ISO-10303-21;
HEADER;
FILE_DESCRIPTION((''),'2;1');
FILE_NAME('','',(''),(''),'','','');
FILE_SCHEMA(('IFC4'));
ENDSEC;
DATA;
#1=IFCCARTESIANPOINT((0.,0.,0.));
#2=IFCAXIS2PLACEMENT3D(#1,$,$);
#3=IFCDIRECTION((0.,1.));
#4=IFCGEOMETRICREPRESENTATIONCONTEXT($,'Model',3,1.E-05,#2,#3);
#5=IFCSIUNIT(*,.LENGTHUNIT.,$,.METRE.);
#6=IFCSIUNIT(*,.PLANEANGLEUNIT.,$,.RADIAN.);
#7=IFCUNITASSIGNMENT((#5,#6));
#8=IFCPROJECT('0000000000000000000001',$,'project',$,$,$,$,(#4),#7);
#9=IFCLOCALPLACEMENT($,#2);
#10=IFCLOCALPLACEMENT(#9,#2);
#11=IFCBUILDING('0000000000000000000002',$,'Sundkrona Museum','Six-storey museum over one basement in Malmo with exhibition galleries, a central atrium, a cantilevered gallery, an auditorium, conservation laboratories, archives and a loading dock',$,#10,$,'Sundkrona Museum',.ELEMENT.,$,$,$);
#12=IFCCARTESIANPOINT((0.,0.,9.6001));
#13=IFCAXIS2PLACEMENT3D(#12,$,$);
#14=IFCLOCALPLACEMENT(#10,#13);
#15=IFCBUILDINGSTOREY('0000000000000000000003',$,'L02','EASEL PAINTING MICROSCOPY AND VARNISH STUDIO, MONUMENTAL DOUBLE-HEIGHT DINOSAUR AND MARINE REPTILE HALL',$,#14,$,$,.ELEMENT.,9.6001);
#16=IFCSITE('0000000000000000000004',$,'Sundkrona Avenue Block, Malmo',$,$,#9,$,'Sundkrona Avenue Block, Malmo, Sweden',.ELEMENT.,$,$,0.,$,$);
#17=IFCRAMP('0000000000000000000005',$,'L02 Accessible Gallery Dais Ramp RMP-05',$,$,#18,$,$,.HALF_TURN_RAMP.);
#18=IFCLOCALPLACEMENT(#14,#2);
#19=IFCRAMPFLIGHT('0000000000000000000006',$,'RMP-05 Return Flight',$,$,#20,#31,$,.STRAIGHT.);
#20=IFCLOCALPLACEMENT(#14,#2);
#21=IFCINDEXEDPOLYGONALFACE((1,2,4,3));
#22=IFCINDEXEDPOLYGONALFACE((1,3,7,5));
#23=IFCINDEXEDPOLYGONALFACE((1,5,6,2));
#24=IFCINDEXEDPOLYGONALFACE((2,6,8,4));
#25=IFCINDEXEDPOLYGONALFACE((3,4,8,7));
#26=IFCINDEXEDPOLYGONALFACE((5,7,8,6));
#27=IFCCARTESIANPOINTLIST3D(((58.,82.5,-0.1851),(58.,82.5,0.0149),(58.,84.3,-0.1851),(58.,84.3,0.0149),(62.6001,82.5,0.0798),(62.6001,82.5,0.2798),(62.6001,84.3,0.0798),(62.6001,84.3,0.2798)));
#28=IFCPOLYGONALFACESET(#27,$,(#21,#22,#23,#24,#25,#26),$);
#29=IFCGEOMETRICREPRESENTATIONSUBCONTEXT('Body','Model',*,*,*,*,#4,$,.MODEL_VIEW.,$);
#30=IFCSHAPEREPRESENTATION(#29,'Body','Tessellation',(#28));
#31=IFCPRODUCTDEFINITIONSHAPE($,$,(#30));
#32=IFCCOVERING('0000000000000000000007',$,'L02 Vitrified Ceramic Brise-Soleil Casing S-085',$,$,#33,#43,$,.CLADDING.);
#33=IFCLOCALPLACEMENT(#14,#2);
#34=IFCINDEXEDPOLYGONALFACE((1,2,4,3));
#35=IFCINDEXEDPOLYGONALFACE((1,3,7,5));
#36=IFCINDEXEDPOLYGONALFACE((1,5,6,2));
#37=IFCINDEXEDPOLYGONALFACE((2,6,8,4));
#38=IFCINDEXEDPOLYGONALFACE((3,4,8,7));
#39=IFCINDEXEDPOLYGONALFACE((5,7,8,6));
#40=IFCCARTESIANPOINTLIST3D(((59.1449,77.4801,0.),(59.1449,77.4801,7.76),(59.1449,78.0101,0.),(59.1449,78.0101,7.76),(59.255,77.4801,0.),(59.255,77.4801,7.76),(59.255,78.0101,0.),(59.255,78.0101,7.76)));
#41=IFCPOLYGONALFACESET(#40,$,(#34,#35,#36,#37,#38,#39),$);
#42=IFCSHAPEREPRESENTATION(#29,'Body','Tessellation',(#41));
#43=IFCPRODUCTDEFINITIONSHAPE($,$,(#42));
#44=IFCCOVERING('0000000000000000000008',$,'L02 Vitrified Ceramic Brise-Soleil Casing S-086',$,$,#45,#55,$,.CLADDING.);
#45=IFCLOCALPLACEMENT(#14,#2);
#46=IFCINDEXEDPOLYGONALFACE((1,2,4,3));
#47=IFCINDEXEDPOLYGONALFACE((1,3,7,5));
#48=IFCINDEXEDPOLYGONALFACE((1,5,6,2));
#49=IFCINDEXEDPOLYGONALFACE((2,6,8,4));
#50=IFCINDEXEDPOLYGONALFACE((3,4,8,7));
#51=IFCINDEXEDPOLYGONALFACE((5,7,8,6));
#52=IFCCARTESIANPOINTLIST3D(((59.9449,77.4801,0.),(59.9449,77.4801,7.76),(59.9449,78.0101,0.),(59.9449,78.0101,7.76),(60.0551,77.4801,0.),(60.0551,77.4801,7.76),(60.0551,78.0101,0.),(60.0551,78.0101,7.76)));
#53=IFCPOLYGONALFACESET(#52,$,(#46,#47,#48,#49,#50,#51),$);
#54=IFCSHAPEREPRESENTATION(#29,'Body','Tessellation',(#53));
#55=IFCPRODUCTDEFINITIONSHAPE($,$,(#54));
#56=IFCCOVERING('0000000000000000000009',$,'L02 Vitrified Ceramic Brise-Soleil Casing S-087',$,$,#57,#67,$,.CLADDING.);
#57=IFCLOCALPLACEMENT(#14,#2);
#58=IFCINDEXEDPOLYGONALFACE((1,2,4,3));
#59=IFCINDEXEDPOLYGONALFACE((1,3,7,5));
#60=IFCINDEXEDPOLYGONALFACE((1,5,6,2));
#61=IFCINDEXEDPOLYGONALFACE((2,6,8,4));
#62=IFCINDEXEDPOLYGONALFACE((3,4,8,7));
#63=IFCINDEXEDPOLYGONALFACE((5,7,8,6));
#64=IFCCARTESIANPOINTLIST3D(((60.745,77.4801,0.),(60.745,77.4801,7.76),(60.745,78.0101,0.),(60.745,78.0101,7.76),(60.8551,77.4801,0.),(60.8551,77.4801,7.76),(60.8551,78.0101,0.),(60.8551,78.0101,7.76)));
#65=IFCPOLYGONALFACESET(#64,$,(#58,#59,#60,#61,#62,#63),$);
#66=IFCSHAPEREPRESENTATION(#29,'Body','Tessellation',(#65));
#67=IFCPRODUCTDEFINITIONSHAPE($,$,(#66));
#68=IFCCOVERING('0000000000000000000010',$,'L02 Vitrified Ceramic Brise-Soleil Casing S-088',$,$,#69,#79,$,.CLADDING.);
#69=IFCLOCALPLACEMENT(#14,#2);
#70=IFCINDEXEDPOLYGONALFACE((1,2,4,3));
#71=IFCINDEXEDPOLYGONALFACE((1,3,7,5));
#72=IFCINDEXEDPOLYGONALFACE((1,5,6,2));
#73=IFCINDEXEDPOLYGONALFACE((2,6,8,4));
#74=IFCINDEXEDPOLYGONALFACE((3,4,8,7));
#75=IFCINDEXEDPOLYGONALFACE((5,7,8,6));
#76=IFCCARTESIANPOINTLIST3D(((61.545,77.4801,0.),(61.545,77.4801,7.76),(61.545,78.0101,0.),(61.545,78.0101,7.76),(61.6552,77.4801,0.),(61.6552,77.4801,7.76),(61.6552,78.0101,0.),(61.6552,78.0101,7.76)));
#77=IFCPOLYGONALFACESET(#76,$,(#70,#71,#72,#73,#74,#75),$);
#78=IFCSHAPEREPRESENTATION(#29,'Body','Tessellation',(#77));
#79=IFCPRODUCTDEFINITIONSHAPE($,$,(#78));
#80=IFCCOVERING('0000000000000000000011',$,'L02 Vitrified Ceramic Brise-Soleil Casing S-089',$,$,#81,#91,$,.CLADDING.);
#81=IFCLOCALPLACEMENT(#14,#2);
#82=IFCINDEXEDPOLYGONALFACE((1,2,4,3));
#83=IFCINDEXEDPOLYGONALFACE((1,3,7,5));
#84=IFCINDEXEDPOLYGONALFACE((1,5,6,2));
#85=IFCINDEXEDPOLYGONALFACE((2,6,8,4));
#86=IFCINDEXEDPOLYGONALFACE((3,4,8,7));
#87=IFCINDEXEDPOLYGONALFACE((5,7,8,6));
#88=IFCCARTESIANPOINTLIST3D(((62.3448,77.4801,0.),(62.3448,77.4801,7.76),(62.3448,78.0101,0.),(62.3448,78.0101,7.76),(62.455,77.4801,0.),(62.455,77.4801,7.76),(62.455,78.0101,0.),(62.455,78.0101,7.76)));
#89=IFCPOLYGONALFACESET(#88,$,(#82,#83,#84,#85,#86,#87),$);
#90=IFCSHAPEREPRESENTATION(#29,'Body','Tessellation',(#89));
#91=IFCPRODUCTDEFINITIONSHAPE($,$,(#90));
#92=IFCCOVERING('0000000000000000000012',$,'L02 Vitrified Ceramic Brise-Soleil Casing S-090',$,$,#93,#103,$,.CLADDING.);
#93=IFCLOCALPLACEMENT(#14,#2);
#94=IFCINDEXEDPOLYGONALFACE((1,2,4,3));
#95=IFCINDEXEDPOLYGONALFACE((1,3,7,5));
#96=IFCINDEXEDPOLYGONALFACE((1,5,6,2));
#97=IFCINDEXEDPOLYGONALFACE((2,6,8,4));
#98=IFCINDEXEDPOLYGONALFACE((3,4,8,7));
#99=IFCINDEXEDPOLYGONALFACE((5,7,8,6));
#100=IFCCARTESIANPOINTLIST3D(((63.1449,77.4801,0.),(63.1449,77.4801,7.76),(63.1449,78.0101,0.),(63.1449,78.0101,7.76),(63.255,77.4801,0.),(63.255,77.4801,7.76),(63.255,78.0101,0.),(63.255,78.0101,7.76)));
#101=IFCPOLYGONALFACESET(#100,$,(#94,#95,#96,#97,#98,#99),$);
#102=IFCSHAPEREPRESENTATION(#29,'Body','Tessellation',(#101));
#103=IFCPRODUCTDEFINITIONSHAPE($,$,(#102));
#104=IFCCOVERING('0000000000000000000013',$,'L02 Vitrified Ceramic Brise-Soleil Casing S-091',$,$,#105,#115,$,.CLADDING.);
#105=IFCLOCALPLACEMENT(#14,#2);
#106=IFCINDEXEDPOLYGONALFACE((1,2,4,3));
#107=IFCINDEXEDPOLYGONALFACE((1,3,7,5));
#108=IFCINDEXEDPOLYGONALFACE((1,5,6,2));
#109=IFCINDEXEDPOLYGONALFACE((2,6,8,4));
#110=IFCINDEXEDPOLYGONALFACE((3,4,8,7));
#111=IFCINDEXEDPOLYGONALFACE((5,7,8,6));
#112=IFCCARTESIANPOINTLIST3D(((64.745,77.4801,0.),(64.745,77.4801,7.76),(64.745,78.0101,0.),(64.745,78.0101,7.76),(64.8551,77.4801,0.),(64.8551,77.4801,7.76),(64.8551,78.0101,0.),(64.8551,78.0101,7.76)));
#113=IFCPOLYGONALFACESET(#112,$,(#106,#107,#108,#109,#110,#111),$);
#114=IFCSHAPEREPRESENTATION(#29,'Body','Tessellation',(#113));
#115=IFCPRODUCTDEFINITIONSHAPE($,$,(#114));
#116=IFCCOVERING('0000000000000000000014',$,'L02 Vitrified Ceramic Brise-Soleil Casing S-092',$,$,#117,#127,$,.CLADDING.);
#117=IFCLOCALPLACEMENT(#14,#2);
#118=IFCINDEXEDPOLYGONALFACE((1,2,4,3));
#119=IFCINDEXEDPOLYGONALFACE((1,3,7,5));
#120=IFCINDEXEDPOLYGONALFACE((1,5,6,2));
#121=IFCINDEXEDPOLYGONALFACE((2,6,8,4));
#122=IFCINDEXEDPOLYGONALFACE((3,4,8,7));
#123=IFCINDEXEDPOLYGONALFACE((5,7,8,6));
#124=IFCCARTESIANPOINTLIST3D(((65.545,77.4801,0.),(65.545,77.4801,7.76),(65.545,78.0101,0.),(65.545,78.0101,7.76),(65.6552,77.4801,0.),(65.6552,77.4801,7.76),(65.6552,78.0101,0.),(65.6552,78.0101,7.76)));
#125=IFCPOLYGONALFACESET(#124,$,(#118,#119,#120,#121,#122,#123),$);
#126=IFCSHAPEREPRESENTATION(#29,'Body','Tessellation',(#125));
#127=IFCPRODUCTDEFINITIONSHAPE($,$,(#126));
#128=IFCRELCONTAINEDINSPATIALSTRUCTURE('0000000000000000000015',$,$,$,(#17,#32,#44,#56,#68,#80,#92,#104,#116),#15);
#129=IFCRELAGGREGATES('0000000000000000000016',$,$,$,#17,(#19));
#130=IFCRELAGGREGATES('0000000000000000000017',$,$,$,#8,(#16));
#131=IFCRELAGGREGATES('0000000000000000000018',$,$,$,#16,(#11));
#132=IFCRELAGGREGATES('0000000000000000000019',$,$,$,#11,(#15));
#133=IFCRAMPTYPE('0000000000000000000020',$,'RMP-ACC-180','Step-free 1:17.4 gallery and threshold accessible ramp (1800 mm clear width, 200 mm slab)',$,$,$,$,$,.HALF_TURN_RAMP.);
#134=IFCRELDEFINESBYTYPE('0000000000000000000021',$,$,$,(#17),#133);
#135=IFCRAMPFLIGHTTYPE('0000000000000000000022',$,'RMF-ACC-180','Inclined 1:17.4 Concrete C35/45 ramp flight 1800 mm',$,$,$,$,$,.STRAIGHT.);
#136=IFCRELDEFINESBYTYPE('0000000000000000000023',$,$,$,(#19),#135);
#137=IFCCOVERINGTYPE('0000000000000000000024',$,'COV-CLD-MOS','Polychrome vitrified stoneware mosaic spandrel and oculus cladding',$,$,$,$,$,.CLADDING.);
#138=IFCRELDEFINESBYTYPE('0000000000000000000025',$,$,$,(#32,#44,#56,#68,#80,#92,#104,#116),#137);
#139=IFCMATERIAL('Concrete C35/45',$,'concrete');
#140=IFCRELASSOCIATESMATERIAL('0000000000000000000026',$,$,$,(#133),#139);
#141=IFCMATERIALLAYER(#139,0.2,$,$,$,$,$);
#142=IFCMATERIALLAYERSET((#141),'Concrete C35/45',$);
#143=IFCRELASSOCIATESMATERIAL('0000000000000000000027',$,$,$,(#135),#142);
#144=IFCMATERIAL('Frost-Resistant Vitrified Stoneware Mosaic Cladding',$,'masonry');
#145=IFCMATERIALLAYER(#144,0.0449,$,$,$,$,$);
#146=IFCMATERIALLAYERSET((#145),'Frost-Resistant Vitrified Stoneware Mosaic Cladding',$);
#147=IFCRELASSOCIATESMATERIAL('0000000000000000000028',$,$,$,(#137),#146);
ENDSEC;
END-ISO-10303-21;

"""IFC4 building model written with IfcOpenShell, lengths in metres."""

from ifc_helpers import new_model, si_unit, direction, frame, origin, origin_2d, place, context, subcontext, project, spatial, polyline, rectangle, outline, extrude, material, layer, layer_set, type_object, element, aggregate, save


model = new_model("IFC4")

# Units and contexts
model_context = context("Model", 3, precision=1e-05, world=origin(), true_north=direction((0.0, 1.0)))
body_context = subcontext(model_context, "Body", "Model", "MODEL_VIEW")
ifc_project = project(units=[si_unit("LENGTHUNIT", "METRE"), si_unit("PLANEANGLEUNIT", "RADIAN")], contexts=[model_context])

# Site, building, storey
site_placement = place(None, origin())
site = spatial("IfcSite", under=ifc_project, at=site_placement, Name="Sundkrona Avenue Block, Malmo", LongName="Sundkrona Avenue Block, Malmo, Sweden", CompositionType="ELEMENT", RefElevation=0.0)
building_placement = place(site_placement, origin())
building = spatial("IfcBuilding", under=site, at=building_placement, Name="Sundkrona Museum", Description="Six-storey museum over one basement in Malmo with exhibition galleries, a central atrium, a cantilevered gallery, an auditorium, conservation laboratories, archives and a loading dock", LongName="Sundkrona Museum", CompositionType="ELEMENT")
storey_placement = place(building_placement, frame((0.0, 0.0, 9.6001)))
storey = spatial("IfcBuildingStorey", under=building, at=storey_placement, Name="L02", Description="EASEL PAINTING MICROSCOPY AND VARNISH STUDIO, MONUMENTAL DOUBLE-HEIGHT DINOSAUR AND MARINE REPTILE HALL", CompositionType="ELEMENT", Elevation=9.6001)

# Ramp, ramp flight
ifc_material_1 = material(Name="Concrete C35/45", Category="concrete")
ramp_type = type_object("IfcRampType", Name="RMP-ACC-180", Description="Step-free 1:17.4 gallery and threshold accessible ramp (1800 mm clear width, 200 mm slab)", PredefinedType="HALF_TURN_RAMP", material=ifc_material_1)
ramp_placement = place(storey_placement, origin())
ramp = element("IfcRamp", 1, at=ramp_placement, inside=storey, type_object=ramp_type, Name="L02 Accessible Gallery Dais Ramp RMP-05", PredefinedType="HALF_TURN_RAMP")
ifc_layer_1 = layer(ifc_material_1, 0.2)
ifc_layer_set_1 = layer_set([ifc_layer_1], Name="Concrete C35/45")
ramp_flight_type = type_object("IfcRampFlightType", Name="RMF-ACC-180", Description="Inclined 1:17.4 Concrete C35/45 ramp flight 1800 mm", PredefinedType="STRAIGHT", material=ifc_layer_set_1)
ramp_flight_placement = place(storey_placement, frame((62.6001, 83.3999, 0.2798), z_axis=(0.0, 0.0, 1.0), x_axis=(-1.0, 0.0, 0.0)))
ramp_flight = element("IfcRampFlight", 2, at=ramp_flight_placement, type_object=ramp_flight_type, Name="RMP-05 Return Flight", PredefinedType="STRAIGHT", context=body_context, shape_type="SweptSolid", body=[
    extrude(outline(polyline([(0.0, -0.2), (4.6001, -0.4648), (4.6001, -0.2649), (0.0, 0.0), (0.0, -0.2)])), frame((0.0, 0.8999, 0.0), z_axis=(0.0, -1.0, 0.0), x_axis=(1.0, 0.0, 0.0)), (0.0, 0.0, 1.0), 1.8),
])
aggregate(ramp, [ramp_flight])

# Coverings
ifc_material_2 = material(Name="Frost-Resistant Vitrified Stoneware Mosaic Cladding", Category="masonry")
ifc_layer_2 = layer(ifc_material_2, 0.0449)
ifc_layer_set_2 = layer_set([ifc_layer_2], Name="Frost-Resistant Vitrified Stoneware Mosaic Cladding")
covering_type = type_object("IfcCoveringType", Name="COV-CLD-MOS", Description="Polychrome vitrified stoneware mosaic spandrel and oculus cladding", PredefinedType="CLADDING", material=ifc_layer_set_2)
for number, where, z_axis, x_axis, name in (
    (3, (59.2, 77.7451, 0.0), (0.0, 0.0, 1.0), (1.0, 0.0, 0.0), "L02 Vitrified Ceramic Brise-Soleil Casing S-085"),
    (4, (60.0, 77.7451, 0.0), (0.0, 0.0, 1.0), (1.0, 0.0, 0.0), "L02 Vitrified Ceramic Brise-Soleil Casing S-086"),
    (5, (60.8, 77.7451, 0.0), (0.0, 0.0, 1.0), (1.0, 0.0, 0.0), "L02 Vitrified Ceramic Brise-Soleil Casing S-087"),
    (6, (61.6001, 77.7451, 0.0), (0.0, 0.0, 1.0), (1.0, 0.0, 0.0), "L02 Vitrified Ceramic Brise-Soleil Casing S-088"),
    (7, (62.3999, 77.7451, 0.0), (0.0, 0.0, 1.0), (1.0, 0.0, 0.0), "L02 Vitrified Ceramic Brise-Soleil Casing S-089"),
    (8, (63.2, 77.7451, 0.0), (0.0, 0.0, 1.0), (1.0, 0.0, 0.0), "L02 Vitrified Ceramic Brise-Soleil Casing S-090"),
    (9, (64.8, 77.7451, 0.0), (0.0, 0.0, 1.0), (1.0, 0.0, 0.0), "L02 Vitrified Ceramic Brise-Soleil Casing S-091"),
    (10, (65.6001, 77.7451, 0.0), (0.0, 0.0, 1.0), (1.0, 0.0, 0.0), "L02 Vitrified Ceramic Brise-Soleil Casing S-092"),
):
    element("IfcCovering", number, at=place(storey_placement, frame(where, z_axis=z_axis, x_axis=x_axis)), inside=storey, type_object=covering_type, Name=name, PredefinedType="CLADDING", context=body_context, shape_type="SweptSolid", body=[
        extrude(rectangle(XDim=0.1101, YDim=0.53, at=origin_2d()), origin(), (0.0, 0.0, 1.0), 7.76),
    ])

save(model, "model.ifc")
